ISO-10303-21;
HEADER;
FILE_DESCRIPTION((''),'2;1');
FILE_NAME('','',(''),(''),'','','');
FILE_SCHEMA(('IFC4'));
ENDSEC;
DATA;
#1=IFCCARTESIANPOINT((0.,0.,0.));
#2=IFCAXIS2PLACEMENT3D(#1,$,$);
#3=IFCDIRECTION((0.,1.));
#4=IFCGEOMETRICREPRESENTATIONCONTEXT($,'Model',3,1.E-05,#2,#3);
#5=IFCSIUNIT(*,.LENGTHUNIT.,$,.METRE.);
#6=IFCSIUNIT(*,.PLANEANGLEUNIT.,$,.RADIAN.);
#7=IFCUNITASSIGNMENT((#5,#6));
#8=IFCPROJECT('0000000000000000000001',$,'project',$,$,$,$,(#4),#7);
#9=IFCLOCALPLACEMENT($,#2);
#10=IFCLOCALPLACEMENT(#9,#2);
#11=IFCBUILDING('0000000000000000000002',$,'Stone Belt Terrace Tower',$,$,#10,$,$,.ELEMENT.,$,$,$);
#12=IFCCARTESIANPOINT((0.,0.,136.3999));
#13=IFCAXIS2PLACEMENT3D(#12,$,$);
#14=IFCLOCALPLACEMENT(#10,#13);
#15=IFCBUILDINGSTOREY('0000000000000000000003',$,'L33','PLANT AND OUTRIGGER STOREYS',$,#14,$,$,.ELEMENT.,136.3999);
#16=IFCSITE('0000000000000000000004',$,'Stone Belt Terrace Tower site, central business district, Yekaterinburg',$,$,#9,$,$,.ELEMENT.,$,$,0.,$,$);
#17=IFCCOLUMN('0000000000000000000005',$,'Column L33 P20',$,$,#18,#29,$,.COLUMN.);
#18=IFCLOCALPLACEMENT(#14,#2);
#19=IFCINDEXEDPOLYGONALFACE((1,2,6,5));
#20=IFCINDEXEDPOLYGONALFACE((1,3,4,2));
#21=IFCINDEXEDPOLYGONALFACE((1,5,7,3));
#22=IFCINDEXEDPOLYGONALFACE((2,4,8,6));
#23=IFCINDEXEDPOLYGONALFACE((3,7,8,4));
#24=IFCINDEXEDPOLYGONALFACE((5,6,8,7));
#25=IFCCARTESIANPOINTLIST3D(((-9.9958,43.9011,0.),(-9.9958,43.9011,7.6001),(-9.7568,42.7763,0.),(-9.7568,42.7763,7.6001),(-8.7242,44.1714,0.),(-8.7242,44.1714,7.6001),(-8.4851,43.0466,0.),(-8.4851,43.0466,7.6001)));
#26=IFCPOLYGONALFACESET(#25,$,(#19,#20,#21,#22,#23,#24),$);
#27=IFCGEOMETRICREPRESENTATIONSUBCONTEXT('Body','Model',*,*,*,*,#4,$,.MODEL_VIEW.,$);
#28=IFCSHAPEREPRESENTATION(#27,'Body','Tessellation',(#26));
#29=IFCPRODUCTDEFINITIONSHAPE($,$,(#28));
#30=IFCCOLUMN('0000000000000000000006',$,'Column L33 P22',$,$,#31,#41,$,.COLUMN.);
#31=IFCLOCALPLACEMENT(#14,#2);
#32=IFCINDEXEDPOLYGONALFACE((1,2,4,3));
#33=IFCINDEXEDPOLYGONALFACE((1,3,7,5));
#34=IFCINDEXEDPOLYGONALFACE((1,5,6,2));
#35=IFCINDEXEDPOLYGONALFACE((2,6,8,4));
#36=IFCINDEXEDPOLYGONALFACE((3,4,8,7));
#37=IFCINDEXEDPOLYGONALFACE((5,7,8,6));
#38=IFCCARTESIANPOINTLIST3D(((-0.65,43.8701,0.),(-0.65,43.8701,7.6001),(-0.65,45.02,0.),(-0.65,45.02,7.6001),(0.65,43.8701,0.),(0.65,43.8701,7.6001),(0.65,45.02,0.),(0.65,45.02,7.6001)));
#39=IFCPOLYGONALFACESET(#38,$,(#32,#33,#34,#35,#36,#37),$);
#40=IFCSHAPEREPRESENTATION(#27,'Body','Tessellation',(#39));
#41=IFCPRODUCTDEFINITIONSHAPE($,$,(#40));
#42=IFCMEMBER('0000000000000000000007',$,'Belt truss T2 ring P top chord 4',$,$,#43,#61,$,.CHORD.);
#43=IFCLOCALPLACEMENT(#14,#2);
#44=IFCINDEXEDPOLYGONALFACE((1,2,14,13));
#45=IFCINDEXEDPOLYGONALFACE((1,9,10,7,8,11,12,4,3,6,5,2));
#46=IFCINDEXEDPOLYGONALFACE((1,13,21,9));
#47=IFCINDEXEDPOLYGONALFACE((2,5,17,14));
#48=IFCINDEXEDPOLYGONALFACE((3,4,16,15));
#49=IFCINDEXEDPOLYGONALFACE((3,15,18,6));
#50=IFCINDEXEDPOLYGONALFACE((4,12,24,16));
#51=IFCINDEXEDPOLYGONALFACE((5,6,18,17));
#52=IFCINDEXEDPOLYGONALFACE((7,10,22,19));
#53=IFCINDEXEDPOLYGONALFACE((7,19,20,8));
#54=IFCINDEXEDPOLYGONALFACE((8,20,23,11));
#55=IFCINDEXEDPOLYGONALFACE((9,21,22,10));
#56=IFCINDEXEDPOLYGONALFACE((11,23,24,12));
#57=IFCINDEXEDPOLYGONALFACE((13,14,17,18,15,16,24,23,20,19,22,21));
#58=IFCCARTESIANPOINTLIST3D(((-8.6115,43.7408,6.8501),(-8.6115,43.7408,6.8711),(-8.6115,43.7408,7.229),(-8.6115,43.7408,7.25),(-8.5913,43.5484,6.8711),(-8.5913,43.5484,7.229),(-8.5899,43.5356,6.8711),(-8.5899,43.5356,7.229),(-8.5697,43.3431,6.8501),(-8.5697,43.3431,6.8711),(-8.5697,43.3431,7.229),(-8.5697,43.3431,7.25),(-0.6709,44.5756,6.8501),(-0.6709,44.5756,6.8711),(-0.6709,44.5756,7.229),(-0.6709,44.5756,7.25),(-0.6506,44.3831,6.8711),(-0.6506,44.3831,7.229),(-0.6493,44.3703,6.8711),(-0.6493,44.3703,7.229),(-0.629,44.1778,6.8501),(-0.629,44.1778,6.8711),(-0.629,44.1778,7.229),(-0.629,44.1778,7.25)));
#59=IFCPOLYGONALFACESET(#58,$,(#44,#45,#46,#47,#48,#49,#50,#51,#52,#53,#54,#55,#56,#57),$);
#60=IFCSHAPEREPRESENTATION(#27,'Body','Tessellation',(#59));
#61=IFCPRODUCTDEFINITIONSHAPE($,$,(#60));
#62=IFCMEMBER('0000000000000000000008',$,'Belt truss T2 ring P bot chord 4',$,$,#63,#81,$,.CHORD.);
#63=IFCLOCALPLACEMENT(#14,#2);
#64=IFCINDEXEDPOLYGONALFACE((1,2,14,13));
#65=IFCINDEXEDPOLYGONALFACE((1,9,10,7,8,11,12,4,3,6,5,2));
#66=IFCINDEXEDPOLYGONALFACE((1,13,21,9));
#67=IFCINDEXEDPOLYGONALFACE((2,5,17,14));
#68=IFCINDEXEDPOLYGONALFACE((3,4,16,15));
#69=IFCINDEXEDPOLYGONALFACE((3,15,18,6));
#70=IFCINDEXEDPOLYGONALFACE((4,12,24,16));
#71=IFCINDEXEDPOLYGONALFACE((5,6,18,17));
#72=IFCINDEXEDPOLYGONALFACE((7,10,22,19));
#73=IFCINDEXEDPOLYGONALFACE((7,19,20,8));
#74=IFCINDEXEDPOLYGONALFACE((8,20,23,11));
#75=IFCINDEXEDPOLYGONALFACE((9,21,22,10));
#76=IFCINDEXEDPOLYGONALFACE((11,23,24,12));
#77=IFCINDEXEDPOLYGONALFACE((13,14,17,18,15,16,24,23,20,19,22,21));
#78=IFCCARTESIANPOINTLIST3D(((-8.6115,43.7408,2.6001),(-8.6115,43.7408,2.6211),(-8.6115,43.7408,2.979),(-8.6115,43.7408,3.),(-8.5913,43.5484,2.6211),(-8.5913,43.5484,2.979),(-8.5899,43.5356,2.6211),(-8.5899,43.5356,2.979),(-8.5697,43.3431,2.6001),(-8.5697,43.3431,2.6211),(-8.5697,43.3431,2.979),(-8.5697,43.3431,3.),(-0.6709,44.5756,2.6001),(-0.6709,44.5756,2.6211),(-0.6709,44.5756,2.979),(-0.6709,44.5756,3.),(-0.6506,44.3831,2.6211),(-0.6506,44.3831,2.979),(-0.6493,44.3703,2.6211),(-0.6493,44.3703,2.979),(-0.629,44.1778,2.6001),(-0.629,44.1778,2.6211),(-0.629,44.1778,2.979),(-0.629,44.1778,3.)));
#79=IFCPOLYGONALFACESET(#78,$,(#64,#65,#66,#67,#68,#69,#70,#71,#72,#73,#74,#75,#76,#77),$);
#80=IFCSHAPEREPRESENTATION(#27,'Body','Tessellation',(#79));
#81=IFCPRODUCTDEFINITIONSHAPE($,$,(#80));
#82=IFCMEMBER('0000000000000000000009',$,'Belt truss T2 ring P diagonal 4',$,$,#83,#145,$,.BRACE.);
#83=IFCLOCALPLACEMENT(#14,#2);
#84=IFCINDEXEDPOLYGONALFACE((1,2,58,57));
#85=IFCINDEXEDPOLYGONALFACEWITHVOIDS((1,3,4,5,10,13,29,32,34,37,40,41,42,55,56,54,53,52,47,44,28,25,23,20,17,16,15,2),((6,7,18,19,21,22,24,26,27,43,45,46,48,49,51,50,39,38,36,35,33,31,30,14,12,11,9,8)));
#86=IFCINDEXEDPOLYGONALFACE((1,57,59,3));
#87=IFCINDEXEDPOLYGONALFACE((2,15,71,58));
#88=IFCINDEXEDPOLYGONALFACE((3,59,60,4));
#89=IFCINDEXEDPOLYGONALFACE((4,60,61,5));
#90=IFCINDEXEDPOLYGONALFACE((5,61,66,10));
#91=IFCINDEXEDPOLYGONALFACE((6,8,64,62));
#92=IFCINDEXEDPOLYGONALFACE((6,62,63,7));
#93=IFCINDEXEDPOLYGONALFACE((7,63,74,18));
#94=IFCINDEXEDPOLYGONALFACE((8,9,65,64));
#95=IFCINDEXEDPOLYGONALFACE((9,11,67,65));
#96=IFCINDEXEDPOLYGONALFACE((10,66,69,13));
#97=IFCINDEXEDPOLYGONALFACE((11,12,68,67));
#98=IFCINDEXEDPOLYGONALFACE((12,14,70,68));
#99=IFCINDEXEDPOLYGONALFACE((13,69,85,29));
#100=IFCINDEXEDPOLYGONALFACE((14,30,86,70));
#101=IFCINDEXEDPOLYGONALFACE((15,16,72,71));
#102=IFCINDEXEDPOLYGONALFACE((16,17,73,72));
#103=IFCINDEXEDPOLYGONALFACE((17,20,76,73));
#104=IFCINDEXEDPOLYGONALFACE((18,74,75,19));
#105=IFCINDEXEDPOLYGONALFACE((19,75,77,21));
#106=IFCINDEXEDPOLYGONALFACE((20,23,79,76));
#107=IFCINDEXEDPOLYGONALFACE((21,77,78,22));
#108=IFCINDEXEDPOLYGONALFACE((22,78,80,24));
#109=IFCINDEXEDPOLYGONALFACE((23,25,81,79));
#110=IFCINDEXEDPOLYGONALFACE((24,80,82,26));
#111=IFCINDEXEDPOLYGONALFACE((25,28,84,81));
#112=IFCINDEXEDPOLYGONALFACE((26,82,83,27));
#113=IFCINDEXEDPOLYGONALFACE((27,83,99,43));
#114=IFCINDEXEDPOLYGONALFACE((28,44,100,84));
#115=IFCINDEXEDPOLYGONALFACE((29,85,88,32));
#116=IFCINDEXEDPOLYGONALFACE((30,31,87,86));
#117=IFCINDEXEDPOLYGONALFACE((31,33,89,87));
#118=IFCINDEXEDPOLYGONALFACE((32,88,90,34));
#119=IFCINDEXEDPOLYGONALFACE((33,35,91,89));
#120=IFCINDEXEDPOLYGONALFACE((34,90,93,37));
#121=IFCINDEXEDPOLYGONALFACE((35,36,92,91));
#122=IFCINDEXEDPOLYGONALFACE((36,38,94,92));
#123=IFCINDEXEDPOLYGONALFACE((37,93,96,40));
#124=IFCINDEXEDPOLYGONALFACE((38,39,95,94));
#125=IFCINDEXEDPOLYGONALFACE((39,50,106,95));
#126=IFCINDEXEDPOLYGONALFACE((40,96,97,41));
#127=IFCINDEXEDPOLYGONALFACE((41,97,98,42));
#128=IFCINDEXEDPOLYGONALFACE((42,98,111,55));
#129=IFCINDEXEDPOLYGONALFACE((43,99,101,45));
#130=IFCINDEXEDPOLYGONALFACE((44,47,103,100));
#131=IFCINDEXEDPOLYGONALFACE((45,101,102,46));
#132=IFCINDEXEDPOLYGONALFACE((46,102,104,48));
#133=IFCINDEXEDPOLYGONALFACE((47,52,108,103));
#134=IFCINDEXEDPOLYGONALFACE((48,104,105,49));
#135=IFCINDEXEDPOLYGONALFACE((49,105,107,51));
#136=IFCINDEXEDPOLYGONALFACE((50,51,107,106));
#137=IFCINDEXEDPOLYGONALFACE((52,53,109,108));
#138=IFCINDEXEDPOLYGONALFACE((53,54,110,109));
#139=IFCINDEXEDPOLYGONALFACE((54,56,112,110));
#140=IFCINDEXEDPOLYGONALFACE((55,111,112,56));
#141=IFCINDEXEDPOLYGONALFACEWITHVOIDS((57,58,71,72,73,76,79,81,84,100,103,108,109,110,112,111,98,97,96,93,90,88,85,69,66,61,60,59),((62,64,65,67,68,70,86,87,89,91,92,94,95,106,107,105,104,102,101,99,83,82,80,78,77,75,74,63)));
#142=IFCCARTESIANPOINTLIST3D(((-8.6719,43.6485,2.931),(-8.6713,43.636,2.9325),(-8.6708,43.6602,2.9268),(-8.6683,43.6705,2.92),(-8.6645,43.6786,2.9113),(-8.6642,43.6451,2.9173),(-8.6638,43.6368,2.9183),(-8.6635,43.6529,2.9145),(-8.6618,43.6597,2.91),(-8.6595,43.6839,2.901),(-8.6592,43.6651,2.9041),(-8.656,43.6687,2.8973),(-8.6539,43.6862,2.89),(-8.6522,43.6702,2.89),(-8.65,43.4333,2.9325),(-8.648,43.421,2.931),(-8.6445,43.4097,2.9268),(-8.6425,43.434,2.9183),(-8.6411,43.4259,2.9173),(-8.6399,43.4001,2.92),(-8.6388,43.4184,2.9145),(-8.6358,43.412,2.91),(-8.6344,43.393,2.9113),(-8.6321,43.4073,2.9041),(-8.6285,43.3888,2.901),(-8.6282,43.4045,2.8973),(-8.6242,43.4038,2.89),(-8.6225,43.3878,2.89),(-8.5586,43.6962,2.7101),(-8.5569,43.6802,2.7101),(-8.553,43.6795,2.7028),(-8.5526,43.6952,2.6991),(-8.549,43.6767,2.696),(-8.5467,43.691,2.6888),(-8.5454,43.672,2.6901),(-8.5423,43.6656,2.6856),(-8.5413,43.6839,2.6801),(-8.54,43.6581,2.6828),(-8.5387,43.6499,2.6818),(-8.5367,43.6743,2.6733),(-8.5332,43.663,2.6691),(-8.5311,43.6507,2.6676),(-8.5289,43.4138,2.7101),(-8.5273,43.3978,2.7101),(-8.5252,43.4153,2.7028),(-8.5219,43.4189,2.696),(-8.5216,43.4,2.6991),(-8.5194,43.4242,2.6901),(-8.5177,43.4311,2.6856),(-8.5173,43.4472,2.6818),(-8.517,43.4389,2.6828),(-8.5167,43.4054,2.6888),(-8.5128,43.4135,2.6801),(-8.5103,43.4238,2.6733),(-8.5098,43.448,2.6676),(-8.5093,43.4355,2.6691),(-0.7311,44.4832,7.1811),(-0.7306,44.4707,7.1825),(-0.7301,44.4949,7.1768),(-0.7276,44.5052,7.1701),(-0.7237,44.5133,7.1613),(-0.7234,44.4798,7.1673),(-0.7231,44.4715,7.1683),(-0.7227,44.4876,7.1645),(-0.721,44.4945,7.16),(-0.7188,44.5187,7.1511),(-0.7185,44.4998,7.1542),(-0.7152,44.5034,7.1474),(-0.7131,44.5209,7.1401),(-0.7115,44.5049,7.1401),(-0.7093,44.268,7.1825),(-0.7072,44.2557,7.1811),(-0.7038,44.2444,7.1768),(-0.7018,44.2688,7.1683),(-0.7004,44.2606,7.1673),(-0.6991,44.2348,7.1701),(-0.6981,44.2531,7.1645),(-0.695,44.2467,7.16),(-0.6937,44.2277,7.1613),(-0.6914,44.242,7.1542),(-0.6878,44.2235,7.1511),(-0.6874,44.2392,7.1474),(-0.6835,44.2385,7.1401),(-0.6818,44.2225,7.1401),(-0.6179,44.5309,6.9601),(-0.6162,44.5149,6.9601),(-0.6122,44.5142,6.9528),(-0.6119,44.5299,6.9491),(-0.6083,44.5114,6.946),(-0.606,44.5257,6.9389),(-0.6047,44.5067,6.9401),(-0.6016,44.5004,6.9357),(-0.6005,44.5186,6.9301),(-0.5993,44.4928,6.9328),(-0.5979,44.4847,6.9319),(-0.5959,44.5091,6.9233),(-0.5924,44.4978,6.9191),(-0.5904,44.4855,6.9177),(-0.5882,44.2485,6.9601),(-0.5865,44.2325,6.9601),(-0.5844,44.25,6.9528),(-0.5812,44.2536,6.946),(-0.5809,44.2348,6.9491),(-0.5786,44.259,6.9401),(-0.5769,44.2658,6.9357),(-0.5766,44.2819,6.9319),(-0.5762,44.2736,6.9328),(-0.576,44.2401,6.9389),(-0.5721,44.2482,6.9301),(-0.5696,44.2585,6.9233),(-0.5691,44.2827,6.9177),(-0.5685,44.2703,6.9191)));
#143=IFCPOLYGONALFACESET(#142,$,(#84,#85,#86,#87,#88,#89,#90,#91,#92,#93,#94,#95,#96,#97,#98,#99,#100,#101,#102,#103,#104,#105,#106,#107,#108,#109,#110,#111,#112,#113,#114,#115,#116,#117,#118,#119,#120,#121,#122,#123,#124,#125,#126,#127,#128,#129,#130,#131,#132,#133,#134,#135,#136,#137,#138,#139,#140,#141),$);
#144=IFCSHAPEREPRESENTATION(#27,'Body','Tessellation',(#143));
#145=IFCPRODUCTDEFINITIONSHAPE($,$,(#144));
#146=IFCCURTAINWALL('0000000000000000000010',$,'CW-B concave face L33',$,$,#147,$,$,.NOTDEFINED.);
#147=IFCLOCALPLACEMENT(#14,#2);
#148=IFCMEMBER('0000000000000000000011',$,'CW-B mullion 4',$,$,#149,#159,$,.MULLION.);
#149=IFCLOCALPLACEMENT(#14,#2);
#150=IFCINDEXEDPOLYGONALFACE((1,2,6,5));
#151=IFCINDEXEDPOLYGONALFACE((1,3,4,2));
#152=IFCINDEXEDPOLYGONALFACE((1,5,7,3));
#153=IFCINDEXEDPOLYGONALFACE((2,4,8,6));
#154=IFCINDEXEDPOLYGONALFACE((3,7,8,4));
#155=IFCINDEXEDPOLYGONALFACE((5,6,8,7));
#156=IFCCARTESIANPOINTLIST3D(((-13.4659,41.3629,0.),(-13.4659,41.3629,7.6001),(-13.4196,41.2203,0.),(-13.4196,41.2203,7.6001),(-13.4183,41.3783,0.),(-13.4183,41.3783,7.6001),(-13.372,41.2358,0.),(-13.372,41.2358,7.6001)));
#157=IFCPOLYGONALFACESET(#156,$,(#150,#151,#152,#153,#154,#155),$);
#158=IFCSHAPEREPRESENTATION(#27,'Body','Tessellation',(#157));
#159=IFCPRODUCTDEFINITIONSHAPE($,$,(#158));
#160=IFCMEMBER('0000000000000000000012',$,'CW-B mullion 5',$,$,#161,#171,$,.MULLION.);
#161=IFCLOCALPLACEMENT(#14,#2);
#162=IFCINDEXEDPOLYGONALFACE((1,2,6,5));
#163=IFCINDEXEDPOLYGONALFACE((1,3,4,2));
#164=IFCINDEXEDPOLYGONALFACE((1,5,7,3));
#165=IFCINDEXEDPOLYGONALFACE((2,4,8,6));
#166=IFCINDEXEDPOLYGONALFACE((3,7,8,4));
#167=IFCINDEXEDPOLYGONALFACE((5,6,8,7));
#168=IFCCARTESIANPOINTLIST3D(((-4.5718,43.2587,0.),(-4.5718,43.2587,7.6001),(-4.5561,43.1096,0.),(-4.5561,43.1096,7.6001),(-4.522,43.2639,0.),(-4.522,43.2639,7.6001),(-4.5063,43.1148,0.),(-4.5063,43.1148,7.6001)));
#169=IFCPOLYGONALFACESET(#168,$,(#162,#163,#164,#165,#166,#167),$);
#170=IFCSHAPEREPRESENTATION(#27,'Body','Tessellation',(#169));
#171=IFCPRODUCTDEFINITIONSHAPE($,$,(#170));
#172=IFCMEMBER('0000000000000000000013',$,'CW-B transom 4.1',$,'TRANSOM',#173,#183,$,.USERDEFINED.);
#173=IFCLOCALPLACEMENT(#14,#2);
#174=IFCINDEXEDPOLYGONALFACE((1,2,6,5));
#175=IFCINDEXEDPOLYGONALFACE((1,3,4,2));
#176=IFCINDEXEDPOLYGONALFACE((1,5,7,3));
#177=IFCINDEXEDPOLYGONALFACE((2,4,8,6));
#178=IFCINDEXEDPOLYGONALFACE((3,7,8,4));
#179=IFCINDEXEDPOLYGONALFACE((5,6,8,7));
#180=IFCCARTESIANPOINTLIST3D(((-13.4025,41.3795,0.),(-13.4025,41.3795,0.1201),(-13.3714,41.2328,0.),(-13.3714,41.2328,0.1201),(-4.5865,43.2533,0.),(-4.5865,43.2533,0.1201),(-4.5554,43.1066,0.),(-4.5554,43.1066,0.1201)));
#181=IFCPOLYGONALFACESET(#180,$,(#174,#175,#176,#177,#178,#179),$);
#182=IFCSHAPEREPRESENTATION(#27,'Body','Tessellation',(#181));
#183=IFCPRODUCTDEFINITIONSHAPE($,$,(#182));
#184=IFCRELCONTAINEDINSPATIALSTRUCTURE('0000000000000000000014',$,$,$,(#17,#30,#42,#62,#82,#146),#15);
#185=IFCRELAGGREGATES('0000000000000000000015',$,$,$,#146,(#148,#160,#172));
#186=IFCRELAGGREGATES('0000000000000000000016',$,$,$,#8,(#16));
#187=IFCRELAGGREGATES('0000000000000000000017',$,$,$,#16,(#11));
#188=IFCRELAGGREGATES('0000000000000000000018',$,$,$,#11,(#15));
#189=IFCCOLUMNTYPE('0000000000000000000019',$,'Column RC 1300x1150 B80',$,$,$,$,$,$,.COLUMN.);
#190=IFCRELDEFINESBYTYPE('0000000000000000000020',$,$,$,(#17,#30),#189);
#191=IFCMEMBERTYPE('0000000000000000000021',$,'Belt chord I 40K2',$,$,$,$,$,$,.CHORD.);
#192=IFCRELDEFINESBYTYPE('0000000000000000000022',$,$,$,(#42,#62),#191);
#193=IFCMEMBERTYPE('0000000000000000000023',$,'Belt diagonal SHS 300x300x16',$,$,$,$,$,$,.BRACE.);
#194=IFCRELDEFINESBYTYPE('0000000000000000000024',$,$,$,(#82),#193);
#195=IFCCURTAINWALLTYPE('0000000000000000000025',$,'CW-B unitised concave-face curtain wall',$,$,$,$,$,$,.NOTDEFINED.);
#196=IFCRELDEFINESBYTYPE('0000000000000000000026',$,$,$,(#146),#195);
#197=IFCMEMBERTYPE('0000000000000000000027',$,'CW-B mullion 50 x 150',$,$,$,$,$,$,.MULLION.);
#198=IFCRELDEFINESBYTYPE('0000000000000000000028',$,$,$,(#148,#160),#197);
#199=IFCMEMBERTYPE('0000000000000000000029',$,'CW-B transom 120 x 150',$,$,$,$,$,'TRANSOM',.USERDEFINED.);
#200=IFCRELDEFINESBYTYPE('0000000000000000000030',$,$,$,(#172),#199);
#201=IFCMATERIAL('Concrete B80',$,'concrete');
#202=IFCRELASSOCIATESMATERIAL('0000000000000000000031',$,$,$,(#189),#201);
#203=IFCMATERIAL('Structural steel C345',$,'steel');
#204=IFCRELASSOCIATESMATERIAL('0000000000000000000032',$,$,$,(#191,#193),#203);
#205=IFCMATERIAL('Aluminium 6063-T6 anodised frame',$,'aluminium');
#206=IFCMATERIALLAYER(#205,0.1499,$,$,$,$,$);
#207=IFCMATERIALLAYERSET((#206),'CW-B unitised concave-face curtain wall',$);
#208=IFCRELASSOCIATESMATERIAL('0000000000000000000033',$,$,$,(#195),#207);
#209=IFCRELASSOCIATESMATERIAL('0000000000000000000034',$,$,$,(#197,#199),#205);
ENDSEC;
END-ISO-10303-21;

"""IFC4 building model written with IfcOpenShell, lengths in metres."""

from ifc_helpers import new_model, si_unit, direction, frame, origin, origin_2d, place, context, subcontext, project, spatial, rectangle, hollow_rectangle, i_section, extrude, material, layer, layer_set, material_profile, profile_set, type_object, element, aggregate, save


model = new_model("IFC4")

# Units and contexts
model_context = context("Model", 3, precision=1e-05, world=origin(), true_north=direction((0.0, 1.0)))
body_context = subcontext(model_context, "Body", "Model", "MODEL_VIEW")
ifc_project = project(units=[si_unit("LENGTHUNIT", "METRE"), si_unit("PLANEANGLEUNIT", "RADIAN")], contexts=[model_context])

# Site, building, storey
site_placement = place(None, origin())
site = spatial("IfcSite", under=ifc_project, at=site_placement, Name="Stone Belt Terrace Tower site, central business district, Yekaterinburg", CompositionType="ELEMENT", RefElevation=0.0)
building_placement = place(site_placement, origin())
building = spatial("IfcBuilding", under=site, at=building_placement, Name="Stone Belt Terrace Tower", CompositionType="ELEMENT")
storey_placement = place(building_placement, frame((0.0, 0.0, 136.3999)))
storey = spatial("IfcBuildingStorey", under=building, at=storey_placement, Name="L33", Description="PLANT AND OUTRIGGER STOREYS", CompositionType="ELEMENT", Elevation=136.3999)

# Columns
ifc_material_1 = material(Name="Concrete B80", Category="concrete")
ifc_material_profile_1 = material_profile(ifc_material_1, rectangle(XDim=1.3, YDim=1.1499, at=origin_2d()), Name="RC 1300x1150")
ifc_profile_set_1 = profile_set([ifc_material_profile_1], Name="Concrete B80")
column_type = type_object("IfcColumnType", Name="Column RC 1300x1150 B80", PredefinedType="COLUMN", material=ifc_profile_set_1)
for number, where, z_axis, x_axis, name in (
    (1, (-9.2405, 43.4739, 0.0), (0.0, 0.0, 1.0), (0.978148, 0.207912, 0.0), "Column L33 P20"),
    (2, (0.0, 44.4451, 0.0), (0.0, 0.0, 1.0), (1.0, 0.0, 0.0), "Column L33 P22"),
):
    element("IfcColumn", number, at=place(storey_placement, frame(where, z_axis=z_axis, x_axis=x_axis)), inside=storey, type_object=column_type, Name=name, PredefinedType="COLUMN", context=body_context, shape_type="SweptSolid", body=[
        extrude(rectangle(XDim=1.3, YDim=1.1499, at=origin_2d()), origin(), (0.0, 0.0, 1.0), 7.6001),
    ])

# Members
ifc_material_2 = material(Name="Structural steel C345", Category="steel")
ifc_material_profile_2 = material_profile(ifc_material_2, i_section(OverallWidth=0.3999, OverallDepth=0.3999, WebThickness=0.0129, FlangeThickness=0.021, at=origin_2d()), Name="I 40K2")
ifc_profile_set_2 = profile_set([ifc_material_profile_2], Name="Structural steel C345")
member_type_1 = type_object("IfcMemberType", Name="Belt chord I 40K2", PredefinedType="CHORD", material=ifc_profile_set_2)
for number, where, z_axis, x_axis, name in (
    (3, (-8.5906, 43.542, 7.05), (0.99452, 0.104543, 0.0), (-0.104543, 0.99452, 0.0), "Belt truss T2 ring P top chord 4"),
    (4, (-8.5906, 43.542, 2.8), (0.99452, 0.104543, 0.0), (-0.104543, 0.99452, 0.0), "Belt truss T2 ring P bot chord 4"),
):
    element("IfcMember", number, at=place(storey_placement, frame(where, z_axis=z_axis, x_axis=x_axis)), inside=storey, type_object=member_type_1, Name=name, PredefinedType="CHORD", context=body_context, shape_type="SweptSolid", body=[
        extrude(i_section(OverallWidth=0.3999, OverallDepth=0.3999, WebThickness=0.0129, FlangeThickness=0.021, at=origin_2d()), origin(), (0.0, 0.0, 1.0), 7.9844),
    ])
ifc_material_profile_3 = material_profile(ifc_material_2, hollow_rectangle(XDim=0.3, YDim=0.3, WallThickness=0.0161, InnerFilletRadius=0.032, OuterFilletRadius=0.0481, at=origin_2d()), Name="SHS 300x300x16")
ifc_profile_set_3 = profile_set([ifc_material_profile_3], Name="Structural steel C345")
member_type_2 = type_object("IfcMemberType", Name="Belt diagonal SHS 300x300x16", PredefinedType="BRACE", material=ifc_profile_set_3)
member_1_placement = place(storey_placement, frame((-8.5906, 43.542, 2.8), z_axis=(0.877899, 0.092284, 0.469868), x_axis=(-0.104543, 0.99452, 0.0)))
element("IfcMember", 5, at=member_1_placement, inside=storey, type_object=member_type_2, Name="Belt truss T2 ring P diagonal 4", PredefinedType="BRACE", context=body_context, shape_type="SweptSolid", body=[
    extrude(hollow_rectangle(XDim=0.3, YDim=0.3, WallThickness=0.0161, InnerFilletRadius=0.032, OuterFilletRadius=0.0481, at=origin_2d()), origin(), (0.0, 0.0, 1.0), 9.0452),
])

# Curtain wall, members
ifc_material_3 = material(Name="Aluminium 6063-T6 anodised frame", Category="aluminium")
ifc_layer_1 = layer(ifc_material_3, 0.1499)
ifc_layer_set_1 = layer_set([ifc_layer_1], Name="CW-B unitised concave-face curtain wall")
curtain_wall_type = type_object("IfcCurtainWallType", Name="CW-B unitised concave-face curtain wall", PredefinedType="NOTDEFINED", material=ifc_layer_set_1)
curtain_wall_placement = place(storey_placement, origin())
curtain_wall = element("IfcCurtainWall", 6, at=curtain_wall_placement, inside=storey, type_object=curtain_wall_type, Name="CW-B concave face L33", PredefinedType="NOTDEFINED")
ifc_material_profile_4 = material_profile(ifc_material_3, rectangle(XDim=0.1499, YDim=0.05, at=origin_2d()), Name="Aluminium 6063-T6 50x150")
ifc_profile_set_4 = profile_set([ifc_material_profile_4], Name="Aluminium 6063-T6 anodised frame")
member_type_3 = type_object("IfcMemberType", Name="CW-B mullion 50 x 150", PredefinedType="MULLION", material=ifc_profile_set_4)
member_2_placement = place(storey_placement, frame((-13.4189, 41.2993, 0.0), z_axis=(0.0, 0.0, 1.0), x_axis=(-0.309017, 0.951057, 0.0)))
member_2 = element("IfcMember", 7, at=member_2_placement, type_object=member_type_3, Name="CW-B mullion 4", PredefinedType="MULLION", context=body_context, shape_type="SweptSolid", body=[
    extrude(rectangle(XDim=0.1499, YDim=0.05, at=origin_2d()), origin(), (0.0, 0.0, 1.0), 7.6001),
])
member_3_placement = place(storey_placement, frame((-4.5391, 43.1868, 0.0), z_axis=(0.0, 0.0, 1.0), x_axis=(-0.104528, 0.994522, 0.0)))
member_3 = element("IfcMember", 8, at=member_3_placement, type_object=member_type_3, Name="CW-B mullion 5", PredefinedType="MULLION", context=body_context, shape_type="SweptSolid", body=[
    extrude(rectangle(XDim=0.1499, YDim=0.05, at=origin_2d()), origin(), (0.0, 0.0, 1.0), 7.6001),
])
ifc_material_profile_5 = material_profile(ifc_material_3, rectangle(XDim=0.1499, YDim=0.1201, at=origin_2d()), Name="Aluminium 6063-T6 150x120")
ifc_profile_set_5 = profile_set([ifc_material_profile_5], Name="Aluminium 6063-T6 anodised frame")
member_type_4 = type_object("IfcMemberType", Name="CW-B transom 120 x 150", ElementType="TRANSOM", PredefinedType="USERDEFINED", material=ifc_profile_set_5)
member_4_placement = place(storey_placement, frame((-13.387, 41.3062, 0.0601), z_axis=(0.97815, 0.207901, 0.0), x_axis=(-0.207901, 0.97815, 0.0)))
member_4 = element("IfcMember", 9, at=member_4_placement, type_object=member_type_4, Name="CW-B transom 4.1", ObjectType="TRANSOM", PredefinedType="USERDEFINED", context=body_context, shape_type="SweptSolid", body=[
    extrude(rectangle(XDim=0.1499, YDim=0.1201, at=origin_2d()), origin(), (0.0, 0.0, 1.0), 9.0129),
])

aggregate(curtain_wall, [member_2, member_3, member_4])

save(model, "model.ifc")
